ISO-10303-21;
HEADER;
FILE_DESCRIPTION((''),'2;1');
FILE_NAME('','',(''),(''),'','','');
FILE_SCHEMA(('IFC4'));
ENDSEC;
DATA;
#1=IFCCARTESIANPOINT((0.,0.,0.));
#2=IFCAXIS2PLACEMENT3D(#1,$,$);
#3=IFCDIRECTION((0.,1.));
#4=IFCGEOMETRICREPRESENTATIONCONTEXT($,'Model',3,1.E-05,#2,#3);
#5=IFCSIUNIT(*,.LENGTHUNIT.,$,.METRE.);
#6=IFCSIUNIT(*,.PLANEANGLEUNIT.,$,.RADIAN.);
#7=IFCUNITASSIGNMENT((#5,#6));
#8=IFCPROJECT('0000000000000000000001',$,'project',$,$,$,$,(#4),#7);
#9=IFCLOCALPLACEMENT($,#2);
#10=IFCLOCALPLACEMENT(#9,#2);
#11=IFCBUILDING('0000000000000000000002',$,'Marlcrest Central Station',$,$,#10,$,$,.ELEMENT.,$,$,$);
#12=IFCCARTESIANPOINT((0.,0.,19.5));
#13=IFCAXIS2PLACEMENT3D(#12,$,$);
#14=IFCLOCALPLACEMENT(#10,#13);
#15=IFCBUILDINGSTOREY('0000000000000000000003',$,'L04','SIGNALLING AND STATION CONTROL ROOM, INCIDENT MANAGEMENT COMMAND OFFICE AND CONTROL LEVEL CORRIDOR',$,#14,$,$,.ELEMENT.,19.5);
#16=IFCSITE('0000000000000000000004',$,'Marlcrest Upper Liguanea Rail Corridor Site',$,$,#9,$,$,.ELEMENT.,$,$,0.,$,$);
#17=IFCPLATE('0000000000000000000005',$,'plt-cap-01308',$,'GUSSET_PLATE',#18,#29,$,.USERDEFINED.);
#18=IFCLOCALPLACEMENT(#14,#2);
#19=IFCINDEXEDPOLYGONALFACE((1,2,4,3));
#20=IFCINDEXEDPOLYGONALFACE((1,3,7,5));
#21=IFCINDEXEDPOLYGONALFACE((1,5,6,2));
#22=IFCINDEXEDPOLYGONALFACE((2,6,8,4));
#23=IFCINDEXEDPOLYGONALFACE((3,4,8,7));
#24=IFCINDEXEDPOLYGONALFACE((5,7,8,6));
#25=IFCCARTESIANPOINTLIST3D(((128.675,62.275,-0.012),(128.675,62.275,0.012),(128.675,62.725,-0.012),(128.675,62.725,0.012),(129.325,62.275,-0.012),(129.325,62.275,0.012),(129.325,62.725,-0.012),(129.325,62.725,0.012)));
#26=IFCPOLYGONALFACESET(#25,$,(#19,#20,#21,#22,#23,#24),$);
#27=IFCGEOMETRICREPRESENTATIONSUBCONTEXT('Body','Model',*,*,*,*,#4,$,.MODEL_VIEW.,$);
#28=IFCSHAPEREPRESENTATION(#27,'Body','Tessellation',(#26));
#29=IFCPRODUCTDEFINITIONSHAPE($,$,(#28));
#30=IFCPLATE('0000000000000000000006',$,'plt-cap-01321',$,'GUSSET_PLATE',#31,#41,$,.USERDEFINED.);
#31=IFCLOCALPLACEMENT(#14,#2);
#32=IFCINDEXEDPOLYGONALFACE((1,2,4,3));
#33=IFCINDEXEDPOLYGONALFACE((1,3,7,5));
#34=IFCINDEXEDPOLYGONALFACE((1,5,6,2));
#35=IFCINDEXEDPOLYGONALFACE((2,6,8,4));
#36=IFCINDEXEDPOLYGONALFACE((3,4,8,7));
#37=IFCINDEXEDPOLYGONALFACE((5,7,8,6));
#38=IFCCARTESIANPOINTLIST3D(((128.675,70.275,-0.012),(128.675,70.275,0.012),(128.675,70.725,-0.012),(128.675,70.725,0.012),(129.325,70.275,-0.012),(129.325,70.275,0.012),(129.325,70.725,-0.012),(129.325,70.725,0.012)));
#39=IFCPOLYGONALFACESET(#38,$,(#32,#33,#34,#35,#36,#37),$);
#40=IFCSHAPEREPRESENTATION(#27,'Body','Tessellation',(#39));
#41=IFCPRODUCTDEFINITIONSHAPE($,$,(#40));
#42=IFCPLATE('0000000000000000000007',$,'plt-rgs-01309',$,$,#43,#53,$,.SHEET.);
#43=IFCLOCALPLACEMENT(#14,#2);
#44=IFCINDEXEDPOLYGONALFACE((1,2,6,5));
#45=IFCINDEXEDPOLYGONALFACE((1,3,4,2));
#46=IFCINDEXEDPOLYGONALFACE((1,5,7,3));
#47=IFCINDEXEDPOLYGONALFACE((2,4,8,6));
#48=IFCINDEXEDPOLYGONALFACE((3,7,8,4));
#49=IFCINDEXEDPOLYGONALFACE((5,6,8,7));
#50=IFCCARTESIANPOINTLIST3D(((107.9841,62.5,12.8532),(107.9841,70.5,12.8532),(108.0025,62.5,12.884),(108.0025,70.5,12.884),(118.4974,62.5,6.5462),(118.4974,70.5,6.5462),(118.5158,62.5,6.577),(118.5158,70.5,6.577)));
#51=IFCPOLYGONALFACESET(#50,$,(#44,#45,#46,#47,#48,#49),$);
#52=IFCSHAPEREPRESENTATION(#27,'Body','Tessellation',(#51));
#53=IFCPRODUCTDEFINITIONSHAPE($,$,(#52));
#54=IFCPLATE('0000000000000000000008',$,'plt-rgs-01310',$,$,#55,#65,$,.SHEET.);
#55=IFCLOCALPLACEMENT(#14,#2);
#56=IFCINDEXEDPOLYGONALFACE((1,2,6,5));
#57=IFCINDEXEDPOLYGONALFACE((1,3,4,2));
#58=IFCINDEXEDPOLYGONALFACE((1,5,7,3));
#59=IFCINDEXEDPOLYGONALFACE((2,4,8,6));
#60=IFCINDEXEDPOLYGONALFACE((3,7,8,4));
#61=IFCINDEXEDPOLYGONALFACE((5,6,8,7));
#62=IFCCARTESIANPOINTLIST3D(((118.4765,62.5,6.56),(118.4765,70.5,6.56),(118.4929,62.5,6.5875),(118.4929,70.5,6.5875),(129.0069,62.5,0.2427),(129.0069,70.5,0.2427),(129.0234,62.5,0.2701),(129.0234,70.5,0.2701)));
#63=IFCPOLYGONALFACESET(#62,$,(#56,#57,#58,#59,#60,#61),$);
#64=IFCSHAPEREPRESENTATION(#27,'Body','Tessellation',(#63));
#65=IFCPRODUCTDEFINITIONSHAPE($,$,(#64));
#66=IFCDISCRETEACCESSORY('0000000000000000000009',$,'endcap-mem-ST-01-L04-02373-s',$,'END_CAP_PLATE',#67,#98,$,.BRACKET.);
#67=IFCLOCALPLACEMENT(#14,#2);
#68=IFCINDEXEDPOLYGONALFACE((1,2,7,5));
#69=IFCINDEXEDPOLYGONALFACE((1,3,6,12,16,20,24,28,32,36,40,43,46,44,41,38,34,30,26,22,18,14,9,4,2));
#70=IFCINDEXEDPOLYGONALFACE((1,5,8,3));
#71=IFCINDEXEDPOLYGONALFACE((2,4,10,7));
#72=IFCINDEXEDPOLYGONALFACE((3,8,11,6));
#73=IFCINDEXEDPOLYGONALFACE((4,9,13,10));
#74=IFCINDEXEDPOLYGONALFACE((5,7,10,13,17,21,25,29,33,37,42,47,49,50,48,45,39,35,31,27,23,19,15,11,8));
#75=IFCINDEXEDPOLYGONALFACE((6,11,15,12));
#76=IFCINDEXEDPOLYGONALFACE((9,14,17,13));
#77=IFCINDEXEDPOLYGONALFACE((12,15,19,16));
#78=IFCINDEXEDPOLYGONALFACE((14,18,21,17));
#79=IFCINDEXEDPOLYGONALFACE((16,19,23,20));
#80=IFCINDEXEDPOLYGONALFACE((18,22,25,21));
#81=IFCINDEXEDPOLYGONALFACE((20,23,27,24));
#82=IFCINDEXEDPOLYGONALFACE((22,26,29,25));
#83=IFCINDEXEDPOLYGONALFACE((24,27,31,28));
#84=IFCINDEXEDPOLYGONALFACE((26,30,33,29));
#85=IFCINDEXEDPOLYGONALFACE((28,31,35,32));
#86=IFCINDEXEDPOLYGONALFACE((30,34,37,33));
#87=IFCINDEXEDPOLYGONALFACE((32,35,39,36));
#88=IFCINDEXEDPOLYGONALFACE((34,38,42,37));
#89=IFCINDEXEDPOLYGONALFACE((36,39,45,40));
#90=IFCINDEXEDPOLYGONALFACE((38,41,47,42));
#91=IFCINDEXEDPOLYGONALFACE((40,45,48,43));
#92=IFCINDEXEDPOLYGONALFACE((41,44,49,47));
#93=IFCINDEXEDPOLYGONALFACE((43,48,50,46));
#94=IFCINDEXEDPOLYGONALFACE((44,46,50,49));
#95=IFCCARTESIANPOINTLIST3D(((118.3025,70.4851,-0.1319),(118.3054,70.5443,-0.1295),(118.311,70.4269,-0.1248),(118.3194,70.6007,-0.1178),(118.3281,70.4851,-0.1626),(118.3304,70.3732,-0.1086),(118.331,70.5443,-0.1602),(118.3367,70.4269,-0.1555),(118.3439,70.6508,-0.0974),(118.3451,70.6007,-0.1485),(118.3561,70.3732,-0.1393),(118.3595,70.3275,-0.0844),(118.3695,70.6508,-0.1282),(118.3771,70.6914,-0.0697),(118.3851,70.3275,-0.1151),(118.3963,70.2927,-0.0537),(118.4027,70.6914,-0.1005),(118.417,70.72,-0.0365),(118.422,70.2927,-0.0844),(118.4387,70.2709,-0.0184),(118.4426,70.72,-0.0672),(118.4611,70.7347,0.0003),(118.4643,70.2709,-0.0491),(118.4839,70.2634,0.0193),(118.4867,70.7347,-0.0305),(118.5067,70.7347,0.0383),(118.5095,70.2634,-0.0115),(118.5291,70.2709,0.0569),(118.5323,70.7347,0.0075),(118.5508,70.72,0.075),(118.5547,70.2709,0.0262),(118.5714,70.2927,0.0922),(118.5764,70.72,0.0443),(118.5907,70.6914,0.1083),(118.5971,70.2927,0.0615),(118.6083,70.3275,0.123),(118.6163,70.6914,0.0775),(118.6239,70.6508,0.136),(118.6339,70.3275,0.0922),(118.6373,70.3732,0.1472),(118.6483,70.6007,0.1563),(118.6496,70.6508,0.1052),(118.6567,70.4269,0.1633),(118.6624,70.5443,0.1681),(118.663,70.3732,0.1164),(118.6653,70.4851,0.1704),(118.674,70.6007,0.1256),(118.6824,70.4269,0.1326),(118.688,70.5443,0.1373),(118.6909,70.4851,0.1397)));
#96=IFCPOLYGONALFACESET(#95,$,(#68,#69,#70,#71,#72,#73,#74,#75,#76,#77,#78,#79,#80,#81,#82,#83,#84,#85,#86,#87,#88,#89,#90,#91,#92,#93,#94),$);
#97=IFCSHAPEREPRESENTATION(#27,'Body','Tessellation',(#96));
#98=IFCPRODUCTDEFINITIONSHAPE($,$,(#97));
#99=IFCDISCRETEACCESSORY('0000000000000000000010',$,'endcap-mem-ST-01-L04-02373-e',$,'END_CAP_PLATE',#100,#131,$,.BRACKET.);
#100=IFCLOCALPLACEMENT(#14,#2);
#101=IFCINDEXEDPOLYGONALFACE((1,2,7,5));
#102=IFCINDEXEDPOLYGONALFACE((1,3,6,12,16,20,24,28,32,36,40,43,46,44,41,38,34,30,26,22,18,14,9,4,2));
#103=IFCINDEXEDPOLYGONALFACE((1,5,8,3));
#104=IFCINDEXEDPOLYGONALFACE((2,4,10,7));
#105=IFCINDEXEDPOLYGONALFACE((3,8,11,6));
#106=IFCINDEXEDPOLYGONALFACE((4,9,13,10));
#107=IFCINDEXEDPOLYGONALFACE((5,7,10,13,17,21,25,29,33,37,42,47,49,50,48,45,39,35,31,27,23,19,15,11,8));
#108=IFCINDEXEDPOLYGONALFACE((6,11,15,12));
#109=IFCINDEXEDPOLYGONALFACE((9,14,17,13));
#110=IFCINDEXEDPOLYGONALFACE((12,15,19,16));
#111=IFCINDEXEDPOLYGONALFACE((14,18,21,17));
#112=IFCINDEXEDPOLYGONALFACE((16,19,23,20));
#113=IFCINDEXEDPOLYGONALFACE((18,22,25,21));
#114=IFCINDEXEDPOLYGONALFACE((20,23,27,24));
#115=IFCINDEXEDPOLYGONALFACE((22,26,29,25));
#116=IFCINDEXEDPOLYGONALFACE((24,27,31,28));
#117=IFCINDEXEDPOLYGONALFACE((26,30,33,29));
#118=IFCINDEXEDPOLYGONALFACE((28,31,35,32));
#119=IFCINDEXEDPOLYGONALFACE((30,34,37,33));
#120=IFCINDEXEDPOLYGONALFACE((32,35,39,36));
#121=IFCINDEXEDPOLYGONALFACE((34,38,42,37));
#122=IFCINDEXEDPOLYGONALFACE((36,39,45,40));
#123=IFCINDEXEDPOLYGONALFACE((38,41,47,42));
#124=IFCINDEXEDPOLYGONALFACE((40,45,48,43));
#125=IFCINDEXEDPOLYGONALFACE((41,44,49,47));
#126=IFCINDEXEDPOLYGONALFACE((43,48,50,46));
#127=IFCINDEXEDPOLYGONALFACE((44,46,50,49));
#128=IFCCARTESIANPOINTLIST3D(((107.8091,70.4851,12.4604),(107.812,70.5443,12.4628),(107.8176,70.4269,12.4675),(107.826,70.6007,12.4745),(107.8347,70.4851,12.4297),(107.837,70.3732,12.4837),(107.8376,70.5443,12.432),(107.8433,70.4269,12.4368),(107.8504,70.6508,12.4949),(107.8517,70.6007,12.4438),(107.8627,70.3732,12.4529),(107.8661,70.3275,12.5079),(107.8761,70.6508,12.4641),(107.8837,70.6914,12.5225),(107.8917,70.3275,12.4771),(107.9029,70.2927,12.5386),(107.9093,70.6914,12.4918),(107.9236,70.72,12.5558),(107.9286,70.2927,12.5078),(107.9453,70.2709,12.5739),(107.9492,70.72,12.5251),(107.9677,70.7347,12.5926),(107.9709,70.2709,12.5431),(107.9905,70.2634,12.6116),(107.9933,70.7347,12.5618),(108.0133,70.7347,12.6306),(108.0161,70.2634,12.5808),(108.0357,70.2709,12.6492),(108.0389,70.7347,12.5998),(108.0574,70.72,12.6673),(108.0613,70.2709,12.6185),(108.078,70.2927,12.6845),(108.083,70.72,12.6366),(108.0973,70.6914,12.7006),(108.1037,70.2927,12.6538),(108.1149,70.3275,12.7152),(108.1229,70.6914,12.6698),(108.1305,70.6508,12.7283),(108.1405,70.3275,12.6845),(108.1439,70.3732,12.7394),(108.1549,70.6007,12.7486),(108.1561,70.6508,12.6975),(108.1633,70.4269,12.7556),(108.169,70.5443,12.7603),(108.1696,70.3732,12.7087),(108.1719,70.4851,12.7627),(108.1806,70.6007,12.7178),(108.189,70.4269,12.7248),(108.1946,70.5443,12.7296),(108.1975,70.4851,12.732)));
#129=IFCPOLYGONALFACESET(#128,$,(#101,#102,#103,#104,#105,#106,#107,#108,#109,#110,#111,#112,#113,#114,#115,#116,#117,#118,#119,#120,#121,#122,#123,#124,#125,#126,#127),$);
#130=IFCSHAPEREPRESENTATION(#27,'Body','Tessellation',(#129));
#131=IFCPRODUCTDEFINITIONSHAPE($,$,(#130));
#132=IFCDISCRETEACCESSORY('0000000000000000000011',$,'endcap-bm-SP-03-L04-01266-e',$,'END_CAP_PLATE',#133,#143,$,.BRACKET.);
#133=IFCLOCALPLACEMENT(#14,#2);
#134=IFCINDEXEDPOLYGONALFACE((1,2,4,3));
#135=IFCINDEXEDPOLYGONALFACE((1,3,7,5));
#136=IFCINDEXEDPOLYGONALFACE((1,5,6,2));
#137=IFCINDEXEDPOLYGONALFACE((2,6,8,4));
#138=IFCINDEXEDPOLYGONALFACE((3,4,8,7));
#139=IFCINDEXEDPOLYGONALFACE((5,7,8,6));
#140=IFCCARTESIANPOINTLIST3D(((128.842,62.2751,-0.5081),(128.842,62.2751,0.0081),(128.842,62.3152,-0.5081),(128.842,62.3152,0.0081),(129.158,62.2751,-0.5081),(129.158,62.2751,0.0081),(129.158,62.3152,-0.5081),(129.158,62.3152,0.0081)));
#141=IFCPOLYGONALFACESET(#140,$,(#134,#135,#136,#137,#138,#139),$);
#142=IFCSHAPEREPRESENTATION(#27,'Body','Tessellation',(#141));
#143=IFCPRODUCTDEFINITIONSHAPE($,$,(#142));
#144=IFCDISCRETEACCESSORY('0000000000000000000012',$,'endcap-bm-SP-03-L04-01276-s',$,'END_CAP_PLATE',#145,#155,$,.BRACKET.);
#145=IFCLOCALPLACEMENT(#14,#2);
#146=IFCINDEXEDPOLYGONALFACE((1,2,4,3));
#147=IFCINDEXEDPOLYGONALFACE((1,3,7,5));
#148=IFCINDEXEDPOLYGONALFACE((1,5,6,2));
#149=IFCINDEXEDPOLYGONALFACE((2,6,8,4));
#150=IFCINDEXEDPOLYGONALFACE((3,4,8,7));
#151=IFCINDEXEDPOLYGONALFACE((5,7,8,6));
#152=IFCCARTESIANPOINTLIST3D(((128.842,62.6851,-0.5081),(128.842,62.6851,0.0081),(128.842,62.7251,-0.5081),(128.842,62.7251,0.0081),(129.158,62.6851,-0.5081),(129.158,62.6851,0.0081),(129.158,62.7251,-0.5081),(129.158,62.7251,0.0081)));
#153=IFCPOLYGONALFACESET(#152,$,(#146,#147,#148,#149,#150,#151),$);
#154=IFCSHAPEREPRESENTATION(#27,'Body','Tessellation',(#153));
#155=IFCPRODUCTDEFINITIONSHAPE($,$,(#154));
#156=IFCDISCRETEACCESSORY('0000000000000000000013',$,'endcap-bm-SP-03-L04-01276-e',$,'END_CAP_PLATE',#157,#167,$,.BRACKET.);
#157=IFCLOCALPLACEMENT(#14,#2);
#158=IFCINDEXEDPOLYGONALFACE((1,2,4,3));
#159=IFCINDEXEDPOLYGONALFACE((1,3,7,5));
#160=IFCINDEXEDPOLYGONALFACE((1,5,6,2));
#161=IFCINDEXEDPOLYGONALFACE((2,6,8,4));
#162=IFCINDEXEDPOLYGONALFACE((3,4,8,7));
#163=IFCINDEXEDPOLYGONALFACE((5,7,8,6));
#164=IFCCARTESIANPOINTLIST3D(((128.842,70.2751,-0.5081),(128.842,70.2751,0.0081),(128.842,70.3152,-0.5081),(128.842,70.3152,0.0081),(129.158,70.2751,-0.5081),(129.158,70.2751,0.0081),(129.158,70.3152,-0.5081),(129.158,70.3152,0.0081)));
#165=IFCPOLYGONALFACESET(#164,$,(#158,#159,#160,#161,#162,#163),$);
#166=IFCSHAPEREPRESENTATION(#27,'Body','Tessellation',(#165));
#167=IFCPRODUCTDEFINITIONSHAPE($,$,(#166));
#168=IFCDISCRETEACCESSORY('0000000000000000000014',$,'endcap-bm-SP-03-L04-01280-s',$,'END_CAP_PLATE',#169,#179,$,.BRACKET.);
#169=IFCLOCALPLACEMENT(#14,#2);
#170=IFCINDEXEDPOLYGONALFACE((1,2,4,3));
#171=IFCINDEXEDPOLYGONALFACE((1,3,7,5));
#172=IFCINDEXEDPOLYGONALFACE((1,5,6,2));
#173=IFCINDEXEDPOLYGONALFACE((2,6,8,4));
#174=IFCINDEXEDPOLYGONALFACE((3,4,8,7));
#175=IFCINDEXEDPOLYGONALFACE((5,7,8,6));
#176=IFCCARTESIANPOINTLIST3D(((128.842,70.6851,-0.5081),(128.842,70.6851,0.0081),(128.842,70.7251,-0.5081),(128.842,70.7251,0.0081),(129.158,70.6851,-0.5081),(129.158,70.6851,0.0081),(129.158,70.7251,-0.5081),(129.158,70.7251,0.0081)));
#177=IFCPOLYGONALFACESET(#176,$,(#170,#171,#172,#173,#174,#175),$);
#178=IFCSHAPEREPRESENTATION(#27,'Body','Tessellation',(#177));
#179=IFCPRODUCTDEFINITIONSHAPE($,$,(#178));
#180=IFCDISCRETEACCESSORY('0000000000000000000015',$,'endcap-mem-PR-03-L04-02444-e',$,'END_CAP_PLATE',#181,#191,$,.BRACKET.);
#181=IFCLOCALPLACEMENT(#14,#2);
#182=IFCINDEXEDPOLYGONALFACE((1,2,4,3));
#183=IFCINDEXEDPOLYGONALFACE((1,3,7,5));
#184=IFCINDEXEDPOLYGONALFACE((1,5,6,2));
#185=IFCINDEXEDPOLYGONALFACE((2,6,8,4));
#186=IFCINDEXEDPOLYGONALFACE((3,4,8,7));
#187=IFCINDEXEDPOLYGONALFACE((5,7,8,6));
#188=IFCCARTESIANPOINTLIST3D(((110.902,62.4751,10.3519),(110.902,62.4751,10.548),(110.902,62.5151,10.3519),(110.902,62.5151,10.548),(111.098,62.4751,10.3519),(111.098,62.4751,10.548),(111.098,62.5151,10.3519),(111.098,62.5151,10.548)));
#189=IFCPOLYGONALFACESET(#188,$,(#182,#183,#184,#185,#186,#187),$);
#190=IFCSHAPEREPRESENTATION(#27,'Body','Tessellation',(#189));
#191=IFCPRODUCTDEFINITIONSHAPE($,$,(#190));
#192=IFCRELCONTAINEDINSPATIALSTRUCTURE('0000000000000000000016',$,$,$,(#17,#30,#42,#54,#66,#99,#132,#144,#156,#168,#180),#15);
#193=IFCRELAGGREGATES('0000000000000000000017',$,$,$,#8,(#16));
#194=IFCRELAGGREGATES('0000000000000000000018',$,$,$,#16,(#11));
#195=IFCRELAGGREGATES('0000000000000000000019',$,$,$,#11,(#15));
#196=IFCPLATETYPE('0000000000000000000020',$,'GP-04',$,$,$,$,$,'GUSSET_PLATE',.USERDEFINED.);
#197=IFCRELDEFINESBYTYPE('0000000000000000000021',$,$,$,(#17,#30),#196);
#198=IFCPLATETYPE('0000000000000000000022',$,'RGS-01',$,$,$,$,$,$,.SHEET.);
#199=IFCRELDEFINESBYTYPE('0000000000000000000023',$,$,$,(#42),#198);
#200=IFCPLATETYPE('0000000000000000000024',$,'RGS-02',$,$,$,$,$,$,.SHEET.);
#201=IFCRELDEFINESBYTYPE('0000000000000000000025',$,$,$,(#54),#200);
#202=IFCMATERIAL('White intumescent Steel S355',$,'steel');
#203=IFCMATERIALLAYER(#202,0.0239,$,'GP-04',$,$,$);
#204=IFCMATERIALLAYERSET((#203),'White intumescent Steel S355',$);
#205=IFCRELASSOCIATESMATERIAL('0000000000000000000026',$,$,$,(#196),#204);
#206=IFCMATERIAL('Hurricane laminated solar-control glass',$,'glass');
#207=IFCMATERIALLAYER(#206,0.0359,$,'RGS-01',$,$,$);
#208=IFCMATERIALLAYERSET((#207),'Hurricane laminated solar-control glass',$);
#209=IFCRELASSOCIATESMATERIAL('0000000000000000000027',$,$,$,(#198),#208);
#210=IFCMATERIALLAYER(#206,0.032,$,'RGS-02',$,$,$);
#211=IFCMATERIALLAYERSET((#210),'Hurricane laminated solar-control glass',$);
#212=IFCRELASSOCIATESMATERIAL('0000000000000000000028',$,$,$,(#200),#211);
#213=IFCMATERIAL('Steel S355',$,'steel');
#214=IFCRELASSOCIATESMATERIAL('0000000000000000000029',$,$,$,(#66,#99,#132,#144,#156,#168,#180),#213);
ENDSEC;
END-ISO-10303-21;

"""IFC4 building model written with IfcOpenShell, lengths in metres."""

from ifc_helpers import new_model, si_unit, direction, frame, origin, origin_2d, place, context, subcontext, project, spatial, rectangle, circle, extrude, material, layer, layer_set, type_object, element, save


model = new_model("IFC4")

# Units and contexts
model_context = context("Model", 3, precision=1e-05, world=origin(), true_north=direction((0.0, 1.0)))
body_context = subcontext(model_context, "Body", "Model", "MODEL_VIEW")
ifc_project = project(units=[si_unit("LENGTHUNIT", "METRE"), si_unit("PLANEANGLEUNIT", "RADIAN")], contexts=[model_context])

# Site, building, storey
site_placement = place(None, origin())
site = spatial("IfcSite", under=ifc_project, at=site_placement, Name="Marlcrest Upper Liguanea Rail Corridor Site", CompositionType="ELEMENT", RefElevation=0.0)
building_placement = place(site_placement, origin())
building = spatial("IfcBuilding", under=site, at=building_placement, Name="Marlcrest Central Station", CompositionType="ELEMENT")
storey_placement = place(building_placement, frame((0.0, 0.0, 19.5)))
storey = spatial("IfcBuildingStorey", under=building, at=storey_placement, Name="L04", Description="SIGNALLING AND STATION CONTROL ROOM, INCIDENT MANAGEMENT COMMAND OFFICE AND CONTROL LEVEL CORRIDOR", CompositionType="ELEMENT", Elevation=19.5)

# Shared definitions
ifc_material_1 = material(Name="White intumescent Steel S355", Category="steel")

# Shared definitions
ifc_material_2 = material(Name="Steel S355", Category="steel")

# Plates
ifc_layer_1 = layer(ifc_material_1, 0.0239, Name="GP-04")
ifc_layer_set_1 = layer_set([ifc_layer_1], Name="White intumescent Steel S355")
plate_type_1 = type_object("IfcPlateType", Name="GP-04", ElementType="GUSSET_PLATE", PredefinedType="USERDEFINED", material=ifc_layer_set_1)
for number, where, z_axis, x_axis, name in (
    (1, (129.0, 62.5, -0.012), (0.0, 0.0, 1.0), (1.0, 0.0, 0.0), "plt-cap-01308"),
    (2, (129.0, 70.5, -0.012), (0.0, 0.0, 1.0), (1.0, 0.0, 0.0), "plt-cap-01321"),
):
    element("IfcPlate", number, at=place(storey_placement, frame(where, z_axis=z_axis, x_axis=x_axis)), inside=storey, type_object=plate_type_1, Name=name, ObjectType="GUSSET_PLATE", PredefinedType="USERDEFINED", context=body_context, shape_type="SweptSolid", body=[
        extrude(rectangle(XDim=0.6499, YDim=0.45, at=origin_2d()), origin(), (0.0, 0.0, 1.0), 0.0239),
    ])
ifc_material_3 = material(Name="Hurricane laminated solar-control glass", Category="glass")
ifc_layer_2 = layer(ifc_material_3, 0.0359, Name="RGS-01")
ifc_layer_set_2 = layer_set([ifc_layer_2], Name="Hurricane laminated solar-control glass")
plate_type_2 = type_object("IfcPlateType", Name="RGS-01", PredefinedType="SHEET", material=ifc_layer_set_2)
plate_1_placement = place(storey_placement, frame((113.2407, 66.5, 9.6997), z_axis=(0.51444, 0.0, 0.857527), x_axis=(0.857527, 0.0, -0.51444)))
element("IfcPlate", 3, at=plate_1_placement, inside=storey, type_object=plate_type_2, Name="plt-rgs-01309", PredefinedType="SHEET", context=body_context, shape_type="SweptSolid", body=[
    extrude(rectangle(XDim=12.26, YDim=8.0, at=origin_2d()), origin(), (0.0, 0.0, 1.0), 0.0359),
])
ifc_layer_3 = layer(ifc_material_3, 0.032, Name="RGS-02")
ifc_layer_set_3 = layer_set([ifc_layer_3], Name="Hurricane laminated solar-control glass")
plate_type_3 = type_object("IfcPlateType", Name="RGS-02", PredefinedType="SHEET", material=ifc_layer_set_3)
plate_2_placement = place(storey_placement, frame((123.7417, 66.5, 3.4014), z_axis=(0.51444, 0.0, 0.857527), x_axis=(0.857527, 0.0, -0.51444)))
element("IfcPlate", 4, at=plate_2_placement, inside=storey, type_object=plate_type_3, Name="plt-rgs-01310", PredefinedType="SHEET", context=body_context, shape_type="SweptSolid", body=[
    extrude(rectangle(XDim=12.28, YDim=8.0, at=origin_2d()), origin(), (0.0, 0.0, 1.0), 0.032),
])

# Discrete accessories
for number, where, z_axis, x_axis, name in (
    (5, (118.5095, 70.5, -0.0115), (-0.640181, 0.0, 0.768224), (0.0, -1.0, 0.0), "endcap-mem-ST-01-L04-02373-s"),
    (6, (108.0161, 70.5, 12.5808), (-0.640181, 0.0, 0.768224), (0.0, -1.0, 0.0), "endcap-mem-ST-01-L04-02373-e"),
):
    element("IfcDiscreteAccessory", number, at=place(storey_placement, frame(where, z_axis=z_axis, x_axis=x_axis)), inside=storey, material=ifc_material_2, Name=name, ObjectType="END_CAP_PLATE", PredefinedType="BRACKET", context=body_context, shape_type="SweptSolid", body=[
        extrude(circle(Radius=0.2366, at=origin_2d()), origin(), (0.0, 0.0, 1.0), 0.04),
    ])
for number, where, z_axis, x_axis, name in (
    (7, (129.0, 62.2751, -0.25), (0.0, 1.0, 0.0), (-1.0, 0.0, 0.0), "endcap-bm-SP-03-L04-01266-e"),
    (8, (129.0, 62.6851, -0.25), (0.0, 1.0, 0.0), (-1.0, 0.0, 0.0), "endcap-bm-SP-03-L04-01276-s"),
    (9, (129.0, 70.2751, -0.25), (0.0, 1.0, 0.0), (-1.0, 0.0, 0.0), "endcap-bm-SP-03-L04-01276-e"),
    (10, (129.0, 70.6851, -0.25), (0.0, 1.0, 0.0), (-1.0, 0.0, 0.0), "endcap-bm-SP-03-L04-01280-s"),
):
    element("IfcDiscreteAccessory", number, at=place(storey_placement, frame(where, z_axis=z_axis, x_axis=x_axis)), inside=storey, material=ifc_material_2, Name=name, ObjectType="END_CAP_PLATE", PredefinedType="BRACKET", context=body_context, shape_type="SweptSolid", body=[
        extrude(rectangle(XDim=0.3159, YDim=0.5161, at=origin_2d()), origin(), (0.0, 0.0, 1.0), 0.04),
    ])
discrete_accessory_1_placement = place(storey_placement, frame((111.0, 62.4751, 10.45), z_axis=(0.0, 1.0, 0.0), x_axis=(-1.0, 0.0, 0.0)))
element("IfcDiscreteAccessory", 11, at=discrete_accessory_1_placement, inside=storey, material=ifc_material_2, Name="endcap-mem-PR-03-L04-02444-e", ObjectType="END_CAP_PLATE", PredefinedType="BRACKET", context=body_context, shape_type="SweptSolid", body=[
    extrude(rectangle(XDim=0.196, YDim=0.196, at=origin_2d()), origin(), (0.0, 0.0, 1.0), 0.04),
])

save(model, "model.ifc")
